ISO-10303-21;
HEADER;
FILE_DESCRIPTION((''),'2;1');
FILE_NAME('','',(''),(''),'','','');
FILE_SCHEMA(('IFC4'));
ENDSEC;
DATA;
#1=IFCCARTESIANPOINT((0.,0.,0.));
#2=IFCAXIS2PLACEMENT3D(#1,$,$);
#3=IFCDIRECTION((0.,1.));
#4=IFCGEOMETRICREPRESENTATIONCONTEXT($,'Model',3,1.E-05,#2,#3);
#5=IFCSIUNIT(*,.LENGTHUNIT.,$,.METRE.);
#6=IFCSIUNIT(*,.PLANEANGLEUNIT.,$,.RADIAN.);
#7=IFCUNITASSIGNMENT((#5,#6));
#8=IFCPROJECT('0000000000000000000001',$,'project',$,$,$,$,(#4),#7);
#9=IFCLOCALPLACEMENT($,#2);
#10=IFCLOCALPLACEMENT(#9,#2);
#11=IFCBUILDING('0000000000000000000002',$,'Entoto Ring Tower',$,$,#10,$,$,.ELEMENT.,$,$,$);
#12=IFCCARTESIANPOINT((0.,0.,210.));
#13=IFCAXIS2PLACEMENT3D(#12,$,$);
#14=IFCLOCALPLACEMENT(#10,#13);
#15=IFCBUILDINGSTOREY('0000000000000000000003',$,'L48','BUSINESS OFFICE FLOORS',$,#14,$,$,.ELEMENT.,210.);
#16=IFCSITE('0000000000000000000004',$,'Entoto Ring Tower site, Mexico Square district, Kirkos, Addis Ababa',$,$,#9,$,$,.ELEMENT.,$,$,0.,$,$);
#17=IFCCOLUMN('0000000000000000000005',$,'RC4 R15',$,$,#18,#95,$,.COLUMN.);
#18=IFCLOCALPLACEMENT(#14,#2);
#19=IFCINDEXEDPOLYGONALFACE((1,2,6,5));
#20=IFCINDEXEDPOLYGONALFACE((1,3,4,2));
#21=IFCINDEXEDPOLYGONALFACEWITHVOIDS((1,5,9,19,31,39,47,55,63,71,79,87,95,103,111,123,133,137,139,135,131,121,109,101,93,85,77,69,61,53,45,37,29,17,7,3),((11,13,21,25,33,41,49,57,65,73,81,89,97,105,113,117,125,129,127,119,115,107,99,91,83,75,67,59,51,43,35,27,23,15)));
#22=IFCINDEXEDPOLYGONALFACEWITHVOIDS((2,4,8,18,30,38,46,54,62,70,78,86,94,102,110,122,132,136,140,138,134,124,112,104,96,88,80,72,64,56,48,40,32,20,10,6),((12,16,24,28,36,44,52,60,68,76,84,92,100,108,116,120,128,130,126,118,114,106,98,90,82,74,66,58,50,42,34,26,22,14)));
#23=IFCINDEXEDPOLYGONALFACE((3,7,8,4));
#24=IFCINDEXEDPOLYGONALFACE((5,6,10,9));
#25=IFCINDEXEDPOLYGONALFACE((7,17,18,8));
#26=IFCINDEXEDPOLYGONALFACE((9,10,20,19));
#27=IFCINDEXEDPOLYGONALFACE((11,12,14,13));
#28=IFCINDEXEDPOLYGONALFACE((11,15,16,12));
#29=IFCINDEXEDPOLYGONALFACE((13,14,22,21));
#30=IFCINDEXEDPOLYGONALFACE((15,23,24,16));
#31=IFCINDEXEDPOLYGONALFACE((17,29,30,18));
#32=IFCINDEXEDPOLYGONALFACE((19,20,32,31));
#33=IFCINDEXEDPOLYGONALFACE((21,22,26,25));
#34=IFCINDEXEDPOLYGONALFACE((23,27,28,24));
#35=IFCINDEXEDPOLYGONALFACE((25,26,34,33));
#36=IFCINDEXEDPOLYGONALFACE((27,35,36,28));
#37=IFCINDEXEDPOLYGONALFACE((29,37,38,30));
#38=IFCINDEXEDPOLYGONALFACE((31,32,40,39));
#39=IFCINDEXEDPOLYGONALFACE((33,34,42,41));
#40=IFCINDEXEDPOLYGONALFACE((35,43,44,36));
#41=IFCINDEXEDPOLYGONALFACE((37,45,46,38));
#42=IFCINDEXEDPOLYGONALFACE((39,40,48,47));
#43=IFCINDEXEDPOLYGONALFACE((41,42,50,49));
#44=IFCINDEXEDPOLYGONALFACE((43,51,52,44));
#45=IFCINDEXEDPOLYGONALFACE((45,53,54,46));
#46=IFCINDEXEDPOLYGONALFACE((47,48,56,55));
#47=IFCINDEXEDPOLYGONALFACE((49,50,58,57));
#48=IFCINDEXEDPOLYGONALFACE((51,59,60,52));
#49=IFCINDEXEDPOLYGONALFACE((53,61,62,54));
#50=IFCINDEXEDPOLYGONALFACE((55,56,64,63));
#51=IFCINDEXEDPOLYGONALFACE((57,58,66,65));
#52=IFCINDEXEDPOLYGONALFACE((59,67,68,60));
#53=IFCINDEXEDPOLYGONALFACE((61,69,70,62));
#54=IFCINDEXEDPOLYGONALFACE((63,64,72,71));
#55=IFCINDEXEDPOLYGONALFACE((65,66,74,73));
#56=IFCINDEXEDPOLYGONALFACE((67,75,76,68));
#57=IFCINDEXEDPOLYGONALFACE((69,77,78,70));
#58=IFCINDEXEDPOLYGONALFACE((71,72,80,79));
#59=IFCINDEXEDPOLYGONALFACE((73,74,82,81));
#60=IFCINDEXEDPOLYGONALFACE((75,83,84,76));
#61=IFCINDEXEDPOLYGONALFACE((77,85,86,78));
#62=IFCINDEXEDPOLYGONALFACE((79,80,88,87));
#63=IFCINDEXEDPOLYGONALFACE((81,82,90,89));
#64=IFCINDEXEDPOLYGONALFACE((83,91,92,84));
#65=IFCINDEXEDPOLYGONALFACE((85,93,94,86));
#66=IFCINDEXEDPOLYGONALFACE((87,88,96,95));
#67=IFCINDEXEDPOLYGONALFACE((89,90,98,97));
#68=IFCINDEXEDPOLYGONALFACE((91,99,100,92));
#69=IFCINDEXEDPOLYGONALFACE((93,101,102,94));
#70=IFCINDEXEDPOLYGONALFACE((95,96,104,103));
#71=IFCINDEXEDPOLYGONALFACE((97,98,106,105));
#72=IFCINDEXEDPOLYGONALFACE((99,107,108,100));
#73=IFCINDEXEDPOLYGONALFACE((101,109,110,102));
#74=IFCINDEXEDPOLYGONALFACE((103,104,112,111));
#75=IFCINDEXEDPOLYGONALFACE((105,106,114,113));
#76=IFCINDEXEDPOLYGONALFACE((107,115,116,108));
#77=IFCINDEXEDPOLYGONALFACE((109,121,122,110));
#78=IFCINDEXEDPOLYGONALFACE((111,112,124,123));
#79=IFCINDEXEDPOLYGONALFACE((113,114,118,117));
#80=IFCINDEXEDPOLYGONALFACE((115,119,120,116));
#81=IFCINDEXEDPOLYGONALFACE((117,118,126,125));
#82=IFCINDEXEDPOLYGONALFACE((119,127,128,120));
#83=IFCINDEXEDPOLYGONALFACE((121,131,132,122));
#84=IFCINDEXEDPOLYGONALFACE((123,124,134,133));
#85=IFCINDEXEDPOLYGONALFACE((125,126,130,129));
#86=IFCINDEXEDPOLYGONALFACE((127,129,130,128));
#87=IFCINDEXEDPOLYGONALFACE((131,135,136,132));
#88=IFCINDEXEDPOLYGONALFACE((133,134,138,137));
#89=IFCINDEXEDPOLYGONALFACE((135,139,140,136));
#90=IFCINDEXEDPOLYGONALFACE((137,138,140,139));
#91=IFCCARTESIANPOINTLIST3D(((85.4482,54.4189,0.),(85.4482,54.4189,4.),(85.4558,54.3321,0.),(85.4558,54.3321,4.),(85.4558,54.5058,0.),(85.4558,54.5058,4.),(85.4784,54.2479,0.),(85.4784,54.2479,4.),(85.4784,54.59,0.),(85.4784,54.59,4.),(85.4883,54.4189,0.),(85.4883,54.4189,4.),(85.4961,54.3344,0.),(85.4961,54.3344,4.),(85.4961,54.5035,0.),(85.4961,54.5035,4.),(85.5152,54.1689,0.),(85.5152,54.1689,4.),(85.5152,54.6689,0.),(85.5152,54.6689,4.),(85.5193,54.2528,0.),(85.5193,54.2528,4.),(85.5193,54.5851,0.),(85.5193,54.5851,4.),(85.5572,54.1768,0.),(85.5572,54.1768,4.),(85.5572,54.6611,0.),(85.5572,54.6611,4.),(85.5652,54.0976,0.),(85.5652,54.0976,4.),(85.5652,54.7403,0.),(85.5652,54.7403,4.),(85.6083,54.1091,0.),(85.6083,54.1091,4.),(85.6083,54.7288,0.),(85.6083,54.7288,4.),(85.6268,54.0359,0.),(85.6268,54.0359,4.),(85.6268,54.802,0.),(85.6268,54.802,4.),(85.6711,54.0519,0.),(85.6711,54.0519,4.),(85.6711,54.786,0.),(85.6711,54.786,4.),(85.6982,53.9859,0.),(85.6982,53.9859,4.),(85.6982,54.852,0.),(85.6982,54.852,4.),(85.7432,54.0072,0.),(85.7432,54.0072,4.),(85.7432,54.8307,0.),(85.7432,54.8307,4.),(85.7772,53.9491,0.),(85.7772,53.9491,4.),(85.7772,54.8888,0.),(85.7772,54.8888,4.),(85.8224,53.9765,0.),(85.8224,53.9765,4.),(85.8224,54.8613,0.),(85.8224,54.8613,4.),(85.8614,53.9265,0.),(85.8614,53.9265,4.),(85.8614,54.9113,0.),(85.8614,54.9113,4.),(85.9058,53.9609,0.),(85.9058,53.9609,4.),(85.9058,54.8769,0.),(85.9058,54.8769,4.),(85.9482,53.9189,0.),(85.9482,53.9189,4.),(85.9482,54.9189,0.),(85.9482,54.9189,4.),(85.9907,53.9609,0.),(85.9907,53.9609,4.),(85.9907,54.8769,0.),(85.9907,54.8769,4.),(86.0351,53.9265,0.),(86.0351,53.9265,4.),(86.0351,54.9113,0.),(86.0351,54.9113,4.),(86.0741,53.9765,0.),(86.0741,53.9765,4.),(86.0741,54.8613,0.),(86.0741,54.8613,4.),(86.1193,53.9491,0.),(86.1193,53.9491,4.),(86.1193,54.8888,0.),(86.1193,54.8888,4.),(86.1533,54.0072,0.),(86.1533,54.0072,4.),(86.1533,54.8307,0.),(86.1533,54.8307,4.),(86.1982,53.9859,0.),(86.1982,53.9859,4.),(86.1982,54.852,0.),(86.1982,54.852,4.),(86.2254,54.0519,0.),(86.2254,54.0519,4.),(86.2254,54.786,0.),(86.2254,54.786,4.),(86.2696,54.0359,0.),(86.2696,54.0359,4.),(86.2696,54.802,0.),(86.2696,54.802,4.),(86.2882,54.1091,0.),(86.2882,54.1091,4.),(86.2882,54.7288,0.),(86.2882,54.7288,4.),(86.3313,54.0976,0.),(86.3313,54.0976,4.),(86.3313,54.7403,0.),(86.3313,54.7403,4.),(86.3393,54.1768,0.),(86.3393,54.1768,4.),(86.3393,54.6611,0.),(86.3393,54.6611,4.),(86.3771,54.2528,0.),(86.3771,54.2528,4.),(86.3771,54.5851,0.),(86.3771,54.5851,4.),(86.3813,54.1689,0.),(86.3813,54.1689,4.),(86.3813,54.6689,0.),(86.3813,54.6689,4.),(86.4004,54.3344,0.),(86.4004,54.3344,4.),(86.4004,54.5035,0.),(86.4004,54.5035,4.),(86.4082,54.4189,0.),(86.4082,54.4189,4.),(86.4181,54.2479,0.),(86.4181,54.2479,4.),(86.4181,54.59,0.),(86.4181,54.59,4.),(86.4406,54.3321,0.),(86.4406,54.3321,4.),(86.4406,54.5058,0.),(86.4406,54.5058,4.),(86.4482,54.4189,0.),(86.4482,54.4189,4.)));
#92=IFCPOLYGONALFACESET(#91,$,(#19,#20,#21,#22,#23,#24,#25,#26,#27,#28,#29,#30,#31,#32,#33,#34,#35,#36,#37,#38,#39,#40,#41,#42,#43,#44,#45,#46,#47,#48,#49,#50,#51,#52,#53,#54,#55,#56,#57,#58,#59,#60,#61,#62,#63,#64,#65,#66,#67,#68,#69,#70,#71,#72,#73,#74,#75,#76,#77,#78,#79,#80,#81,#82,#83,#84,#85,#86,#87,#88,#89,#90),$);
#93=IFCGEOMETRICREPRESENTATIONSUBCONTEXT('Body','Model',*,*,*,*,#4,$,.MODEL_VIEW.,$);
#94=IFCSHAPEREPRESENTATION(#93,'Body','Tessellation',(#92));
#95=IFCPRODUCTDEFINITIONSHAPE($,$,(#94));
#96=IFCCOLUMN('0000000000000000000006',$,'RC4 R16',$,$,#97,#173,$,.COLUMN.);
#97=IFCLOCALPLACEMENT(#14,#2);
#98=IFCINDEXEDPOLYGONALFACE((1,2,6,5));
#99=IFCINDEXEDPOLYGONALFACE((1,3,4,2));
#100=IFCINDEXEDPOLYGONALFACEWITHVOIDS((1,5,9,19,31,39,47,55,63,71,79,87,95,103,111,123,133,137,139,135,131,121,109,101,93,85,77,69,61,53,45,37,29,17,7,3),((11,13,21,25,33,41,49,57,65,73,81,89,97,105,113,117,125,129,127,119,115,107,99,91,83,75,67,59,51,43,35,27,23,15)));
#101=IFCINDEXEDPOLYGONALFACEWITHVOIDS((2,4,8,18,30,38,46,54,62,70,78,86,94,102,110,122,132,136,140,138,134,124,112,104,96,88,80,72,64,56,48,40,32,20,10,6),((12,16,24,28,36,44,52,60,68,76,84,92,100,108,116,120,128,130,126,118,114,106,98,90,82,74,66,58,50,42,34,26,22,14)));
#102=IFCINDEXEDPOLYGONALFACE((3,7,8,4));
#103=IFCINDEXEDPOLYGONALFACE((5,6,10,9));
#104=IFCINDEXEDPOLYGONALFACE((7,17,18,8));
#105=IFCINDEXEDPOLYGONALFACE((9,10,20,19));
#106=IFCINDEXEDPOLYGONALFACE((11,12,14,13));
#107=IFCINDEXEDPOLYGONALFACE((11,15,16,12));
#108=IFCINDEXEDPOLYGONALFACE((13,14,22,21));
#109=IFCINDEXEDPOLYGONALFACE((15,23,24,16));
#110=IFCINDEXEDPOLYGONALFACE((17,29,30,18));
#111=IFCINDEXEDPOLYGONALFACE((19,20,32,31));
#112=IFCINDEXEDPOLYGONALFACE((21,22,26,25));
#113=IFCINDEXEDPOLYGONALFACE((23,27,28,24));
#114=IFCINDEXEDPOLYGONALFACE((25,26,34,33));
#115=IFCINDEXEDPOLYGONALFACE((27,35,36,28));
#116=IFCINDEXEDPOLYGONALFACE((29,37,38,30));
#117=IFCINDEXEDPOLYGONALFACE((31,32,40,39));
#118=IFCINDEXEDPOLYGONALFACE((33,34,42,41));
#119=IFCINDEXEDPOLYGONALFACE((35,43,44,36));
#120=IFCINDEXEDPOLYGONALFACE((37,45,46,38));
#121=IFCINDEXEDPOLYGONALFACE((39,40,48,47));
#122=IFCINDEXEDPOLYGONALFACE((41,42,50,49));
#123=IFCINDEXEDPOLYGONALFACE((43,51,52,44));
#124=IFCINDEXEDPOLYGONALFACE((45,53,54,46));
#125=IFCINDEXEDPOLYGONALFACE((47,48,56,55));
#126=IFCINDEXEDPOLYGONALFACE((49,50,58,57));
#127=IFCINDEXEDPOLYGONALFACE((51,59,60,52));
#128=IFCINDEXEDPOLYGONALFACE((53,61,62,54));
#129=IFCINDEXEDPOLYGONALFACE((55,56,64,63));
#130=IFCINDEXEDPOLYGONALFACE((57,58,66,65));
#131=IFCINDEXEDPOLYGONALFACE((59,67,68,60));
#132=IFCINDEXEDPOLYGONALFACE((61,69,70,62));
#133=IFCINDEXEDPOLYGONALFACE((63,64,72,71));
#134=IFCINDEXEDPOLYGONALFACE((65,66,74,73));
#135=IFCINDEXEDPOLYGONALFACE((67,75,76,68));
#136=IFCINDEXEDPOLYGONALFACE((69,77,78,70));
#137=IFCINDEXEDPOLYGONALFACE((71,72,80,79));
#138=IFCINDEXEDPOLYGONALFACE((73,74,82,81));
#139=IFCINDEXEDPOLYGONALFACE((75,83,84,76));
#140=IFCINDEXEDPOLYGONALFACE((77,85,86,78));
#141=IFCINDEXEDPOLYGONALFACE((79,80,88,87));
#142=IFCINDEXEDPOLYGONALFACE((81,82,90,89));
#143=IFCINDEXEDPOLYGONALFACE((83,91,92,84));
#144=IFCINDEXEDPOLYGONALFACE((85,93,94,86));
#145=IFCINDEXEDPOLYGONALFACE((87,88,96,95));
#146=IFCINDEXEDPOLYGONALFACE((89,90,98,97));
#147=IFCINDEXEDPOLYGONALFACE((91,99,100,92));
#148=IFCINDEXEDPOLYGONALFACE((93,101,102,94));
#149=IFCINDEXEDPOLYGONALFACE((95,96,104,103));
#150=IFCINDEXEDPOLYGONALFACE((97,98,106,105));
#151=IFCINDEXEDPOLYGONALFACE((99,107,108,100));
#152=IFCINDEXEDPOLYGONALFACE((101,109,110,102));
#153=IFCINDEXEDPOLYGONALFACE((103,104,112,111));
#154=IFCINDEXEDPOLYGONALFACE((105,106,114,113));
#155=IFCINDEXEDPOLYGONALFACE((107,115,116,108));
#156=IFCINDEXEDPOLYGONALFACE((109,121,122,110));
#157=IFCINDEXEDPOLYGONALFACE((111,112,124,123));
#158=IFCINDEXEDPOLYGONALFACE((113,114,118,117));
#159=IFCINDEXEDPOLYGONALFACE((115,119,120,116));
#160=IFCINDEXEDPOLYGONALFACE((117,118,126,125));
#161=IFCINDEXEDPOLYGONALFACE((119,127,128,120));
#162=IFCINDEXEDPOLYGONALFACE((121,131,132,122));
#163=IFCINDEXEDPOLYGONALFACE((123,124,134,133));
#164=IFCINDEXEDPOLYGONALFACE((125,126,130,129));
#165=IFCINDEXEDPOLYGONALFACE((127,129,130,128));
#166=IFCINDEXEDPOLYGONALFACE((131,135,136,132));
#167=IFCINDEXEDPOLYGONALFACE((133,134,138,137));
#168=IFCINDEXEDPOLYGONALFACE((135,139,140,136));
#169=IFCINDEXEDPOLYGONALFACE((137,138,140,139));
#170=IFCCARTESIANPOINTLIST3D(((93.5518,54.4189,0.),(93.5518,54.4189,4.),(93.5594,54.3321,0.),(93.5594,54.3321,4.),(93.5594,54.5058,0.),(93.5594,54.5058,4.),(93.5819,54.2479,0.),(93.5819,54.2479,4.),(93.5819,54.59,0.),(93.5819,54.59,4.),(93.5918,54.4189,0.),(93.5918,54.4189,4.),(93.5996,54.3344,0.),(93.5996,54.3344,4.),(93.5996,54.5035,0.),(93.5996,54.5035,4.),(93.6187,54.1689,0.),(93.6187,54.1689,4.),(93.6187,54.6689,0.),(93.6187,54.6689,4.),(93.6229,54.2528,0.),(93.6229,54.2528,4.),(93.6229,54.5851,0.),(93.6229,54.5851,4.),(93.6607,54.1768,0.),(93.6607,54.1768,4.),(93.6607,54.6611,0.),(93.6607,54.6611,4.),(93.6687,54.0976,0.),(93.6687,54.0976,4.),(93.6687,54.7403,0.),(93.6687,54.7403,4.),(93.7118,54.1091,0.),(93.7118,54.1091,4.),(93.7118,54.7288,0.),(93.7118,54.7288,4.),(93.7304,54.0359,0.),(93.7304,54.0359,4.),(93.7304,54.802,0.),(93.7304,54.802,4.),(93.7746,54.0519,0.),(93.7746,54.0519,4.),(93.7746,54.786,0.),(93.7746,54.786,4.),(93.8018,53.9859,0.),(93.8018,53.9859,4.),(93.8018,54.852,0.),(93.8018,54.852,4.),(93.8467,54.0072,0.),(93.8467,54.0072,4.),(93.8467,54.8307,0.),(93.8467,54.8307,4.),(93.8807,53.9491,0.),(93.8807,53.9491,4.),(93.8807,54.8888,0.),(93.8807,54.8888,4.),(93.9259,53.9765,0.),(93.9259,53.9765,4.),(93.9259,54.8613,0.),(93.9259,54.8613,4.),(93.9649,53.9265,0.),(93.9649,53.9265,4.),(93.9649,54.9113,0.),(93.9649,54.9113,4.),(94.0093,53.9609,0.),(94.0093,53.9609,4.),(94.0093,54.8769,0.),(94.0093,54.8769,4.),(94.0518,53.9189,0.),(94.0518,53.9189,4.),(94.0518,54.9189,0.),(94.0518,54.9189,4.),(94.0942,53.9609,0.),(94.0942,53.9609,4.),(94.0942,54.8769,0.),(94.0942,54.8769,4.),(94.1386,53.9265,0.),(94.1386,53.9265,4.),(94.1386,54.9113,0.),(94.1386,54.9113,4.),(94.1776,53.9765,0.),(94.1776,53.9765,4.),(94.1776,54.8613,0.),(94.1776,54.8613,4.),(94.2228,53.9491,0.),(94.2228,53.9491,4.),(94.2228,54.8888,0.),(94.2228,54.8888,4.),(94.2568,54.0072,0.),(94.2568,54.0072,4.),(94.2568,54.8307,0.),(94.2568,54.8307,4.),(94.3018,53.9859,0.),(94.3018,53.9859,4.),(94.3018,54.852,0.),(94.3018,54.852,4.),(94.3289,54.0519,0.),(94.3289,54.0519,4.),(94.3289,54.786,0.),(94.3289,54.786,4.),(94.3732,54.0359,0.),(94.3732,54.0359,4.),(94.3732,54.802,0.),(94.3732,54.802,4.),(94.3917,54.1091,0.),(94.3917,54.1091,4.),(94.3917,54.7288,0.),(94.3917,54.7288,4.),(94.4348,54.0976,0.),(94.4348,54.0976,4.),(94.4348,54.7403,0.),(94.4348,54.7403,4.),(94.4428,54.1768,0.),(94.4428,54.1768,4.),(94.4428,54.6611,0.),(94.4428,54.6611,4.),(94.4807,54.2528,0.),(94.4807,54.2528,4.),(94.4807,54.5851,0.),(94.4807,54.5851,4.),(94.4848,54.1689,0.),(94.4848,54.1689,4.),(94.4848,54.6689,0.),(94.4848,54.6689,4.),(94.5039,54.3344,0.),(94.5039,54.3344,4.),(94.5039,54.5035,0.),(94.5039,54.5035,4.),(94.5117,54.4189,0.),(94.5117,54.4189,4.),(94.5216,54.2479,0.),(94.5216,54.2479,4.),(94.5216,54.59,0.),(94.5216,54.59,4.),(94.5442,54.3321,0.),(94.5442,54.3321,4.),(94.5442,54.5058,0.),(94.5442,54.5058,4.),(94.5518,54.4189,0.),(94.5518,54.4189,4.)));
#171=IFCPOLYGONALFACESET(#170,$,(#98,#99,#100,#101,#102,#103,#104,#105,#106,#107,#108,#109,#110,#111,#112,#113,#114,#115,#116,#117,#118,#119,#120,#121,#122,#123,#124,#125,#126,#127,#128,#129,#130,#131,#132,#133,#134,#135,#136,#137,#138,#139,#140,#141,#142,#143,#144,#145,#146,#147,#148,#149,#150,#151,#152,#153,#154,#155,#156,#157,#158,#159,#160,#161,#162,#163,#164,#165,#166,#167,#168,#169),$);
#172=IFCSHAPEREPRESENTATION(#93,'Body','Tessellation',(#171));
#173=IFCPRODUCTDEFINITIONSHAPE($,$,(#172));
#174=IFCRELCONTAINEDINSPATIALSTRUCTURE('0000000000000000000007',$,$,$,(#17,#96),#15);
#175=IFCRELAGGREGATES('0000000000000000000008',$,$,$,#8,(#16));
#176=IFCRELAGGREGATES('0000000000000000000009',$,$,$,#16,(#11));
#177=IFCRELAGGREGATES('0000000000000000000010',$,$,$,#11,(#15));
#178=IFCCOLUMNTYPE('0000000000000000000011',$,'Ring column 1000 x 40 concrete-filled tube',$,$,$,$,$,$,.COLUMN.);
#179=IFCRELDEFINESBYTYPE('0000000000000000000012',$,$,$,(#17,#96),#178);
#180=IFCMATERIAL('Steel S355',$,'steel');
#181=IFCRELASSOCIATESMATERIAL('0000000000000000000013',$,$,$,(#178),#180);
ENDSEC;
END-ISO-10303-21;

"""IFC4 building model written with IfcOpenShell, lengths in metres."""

from ifc_helpers import new_model, si_unit, direction, frame, origin, origin_2d, place, context, subcontext, project, spatial, circle, hollow_circle, extrude, material, material_profile, profile_set, type_object, element, save


model = new_model("IFC4")

# Units and contexts
model_context = context("Model", 3, precision=1e-05, world=origin(), true_north=direction((0.0, 1.0)))
body_context = subcontext(model_context, "Body", "Model", "MODEL_VIEW")
ifc_project = project(units=[si_unit("LENGTHUNIT", "METRE"), si_unit("PLANEANGLEUNIT", "RADIAN")], contexts=[model_context])

# Site, building, storey
site_placement = place(None, origin())
site = spatial("IfcSite", under=ifc_project, at=site_placement, Name="Entoto Ring Tower site, Mexico Square district, Kirkos, Addis Ababa", CompositionType="ELEMENT", RefElevation=0.0)
building_placement = place(site_placement, origin())
building = spatial("IfcBuilding", under=site, at=building_placement, Name="Entoto Ring Tower", CompositionType="ELEMENT")
storey_placement = place(building_placement, frame((0.0, 0.0, 210.0)))
storey = spatial("IfcBuildingStorey", under=building, at=storey_placement, Name="L48", Description="BUSINESS OFFICE FLOORS", CompositionType="ELEMENT", Elevation=210.0)

# Columns
ifc_material_1 = material(Name="Steel S355", Category="steel")
ifc_material_profile_1 = material_profile(ifc_material_1, hollow_circle(Radius=0.5, WallThickness=0.04, at=origin_2d()), Name="CHS 1000 x 40")
ifc_material_2 = material(Name="Concrete C60/75", Category="concrete")
ifc_material_profile_2 = material_profile(ifc_material_2, circle(Radius=0.46, at=origin_2d()), Name="Concrete C60/75 infill")
ifc_profile_set_1 = profile_set([ifc_material_profile_1, ifc_material_profile_2], Name="Steel S355")
column_type = type_object("IfcColumnType", Name="Ring column 1000 x 40 concrete-filled tube", PredefinedType="COLUMN", material=ifc_profile_set_1)
for number, where, z_axis, x_axis, name in (
    (1, (85.9482, 54.4189, 0.0), (0.0, 0.0, 1.0), (1.0, 0.0, 0.0), "RC4 R15"),
    (2, (94.0518, 54.4189, 0.0), (0.0, 0.0, 1.0), (1.0, 0.0, 0.0), "RC4 R16"),
):
    element("IfcColumn", number, at=place(storey_placement, frame(where, z_axis=z_axis, x_axis=x_axis)), inside=storey, type_object=column_type, Name=name, PredefinedType="COLUMN", context=body_context, shape_type="SweptSolid", body=[
        extrude(hollow_circle(Radius=0.5, WallThickness=0.04, at=origin_2d()), origin(), (0.0, 0.0, 1.0), 4.0),
    ])

save(model, "model.ifc")
